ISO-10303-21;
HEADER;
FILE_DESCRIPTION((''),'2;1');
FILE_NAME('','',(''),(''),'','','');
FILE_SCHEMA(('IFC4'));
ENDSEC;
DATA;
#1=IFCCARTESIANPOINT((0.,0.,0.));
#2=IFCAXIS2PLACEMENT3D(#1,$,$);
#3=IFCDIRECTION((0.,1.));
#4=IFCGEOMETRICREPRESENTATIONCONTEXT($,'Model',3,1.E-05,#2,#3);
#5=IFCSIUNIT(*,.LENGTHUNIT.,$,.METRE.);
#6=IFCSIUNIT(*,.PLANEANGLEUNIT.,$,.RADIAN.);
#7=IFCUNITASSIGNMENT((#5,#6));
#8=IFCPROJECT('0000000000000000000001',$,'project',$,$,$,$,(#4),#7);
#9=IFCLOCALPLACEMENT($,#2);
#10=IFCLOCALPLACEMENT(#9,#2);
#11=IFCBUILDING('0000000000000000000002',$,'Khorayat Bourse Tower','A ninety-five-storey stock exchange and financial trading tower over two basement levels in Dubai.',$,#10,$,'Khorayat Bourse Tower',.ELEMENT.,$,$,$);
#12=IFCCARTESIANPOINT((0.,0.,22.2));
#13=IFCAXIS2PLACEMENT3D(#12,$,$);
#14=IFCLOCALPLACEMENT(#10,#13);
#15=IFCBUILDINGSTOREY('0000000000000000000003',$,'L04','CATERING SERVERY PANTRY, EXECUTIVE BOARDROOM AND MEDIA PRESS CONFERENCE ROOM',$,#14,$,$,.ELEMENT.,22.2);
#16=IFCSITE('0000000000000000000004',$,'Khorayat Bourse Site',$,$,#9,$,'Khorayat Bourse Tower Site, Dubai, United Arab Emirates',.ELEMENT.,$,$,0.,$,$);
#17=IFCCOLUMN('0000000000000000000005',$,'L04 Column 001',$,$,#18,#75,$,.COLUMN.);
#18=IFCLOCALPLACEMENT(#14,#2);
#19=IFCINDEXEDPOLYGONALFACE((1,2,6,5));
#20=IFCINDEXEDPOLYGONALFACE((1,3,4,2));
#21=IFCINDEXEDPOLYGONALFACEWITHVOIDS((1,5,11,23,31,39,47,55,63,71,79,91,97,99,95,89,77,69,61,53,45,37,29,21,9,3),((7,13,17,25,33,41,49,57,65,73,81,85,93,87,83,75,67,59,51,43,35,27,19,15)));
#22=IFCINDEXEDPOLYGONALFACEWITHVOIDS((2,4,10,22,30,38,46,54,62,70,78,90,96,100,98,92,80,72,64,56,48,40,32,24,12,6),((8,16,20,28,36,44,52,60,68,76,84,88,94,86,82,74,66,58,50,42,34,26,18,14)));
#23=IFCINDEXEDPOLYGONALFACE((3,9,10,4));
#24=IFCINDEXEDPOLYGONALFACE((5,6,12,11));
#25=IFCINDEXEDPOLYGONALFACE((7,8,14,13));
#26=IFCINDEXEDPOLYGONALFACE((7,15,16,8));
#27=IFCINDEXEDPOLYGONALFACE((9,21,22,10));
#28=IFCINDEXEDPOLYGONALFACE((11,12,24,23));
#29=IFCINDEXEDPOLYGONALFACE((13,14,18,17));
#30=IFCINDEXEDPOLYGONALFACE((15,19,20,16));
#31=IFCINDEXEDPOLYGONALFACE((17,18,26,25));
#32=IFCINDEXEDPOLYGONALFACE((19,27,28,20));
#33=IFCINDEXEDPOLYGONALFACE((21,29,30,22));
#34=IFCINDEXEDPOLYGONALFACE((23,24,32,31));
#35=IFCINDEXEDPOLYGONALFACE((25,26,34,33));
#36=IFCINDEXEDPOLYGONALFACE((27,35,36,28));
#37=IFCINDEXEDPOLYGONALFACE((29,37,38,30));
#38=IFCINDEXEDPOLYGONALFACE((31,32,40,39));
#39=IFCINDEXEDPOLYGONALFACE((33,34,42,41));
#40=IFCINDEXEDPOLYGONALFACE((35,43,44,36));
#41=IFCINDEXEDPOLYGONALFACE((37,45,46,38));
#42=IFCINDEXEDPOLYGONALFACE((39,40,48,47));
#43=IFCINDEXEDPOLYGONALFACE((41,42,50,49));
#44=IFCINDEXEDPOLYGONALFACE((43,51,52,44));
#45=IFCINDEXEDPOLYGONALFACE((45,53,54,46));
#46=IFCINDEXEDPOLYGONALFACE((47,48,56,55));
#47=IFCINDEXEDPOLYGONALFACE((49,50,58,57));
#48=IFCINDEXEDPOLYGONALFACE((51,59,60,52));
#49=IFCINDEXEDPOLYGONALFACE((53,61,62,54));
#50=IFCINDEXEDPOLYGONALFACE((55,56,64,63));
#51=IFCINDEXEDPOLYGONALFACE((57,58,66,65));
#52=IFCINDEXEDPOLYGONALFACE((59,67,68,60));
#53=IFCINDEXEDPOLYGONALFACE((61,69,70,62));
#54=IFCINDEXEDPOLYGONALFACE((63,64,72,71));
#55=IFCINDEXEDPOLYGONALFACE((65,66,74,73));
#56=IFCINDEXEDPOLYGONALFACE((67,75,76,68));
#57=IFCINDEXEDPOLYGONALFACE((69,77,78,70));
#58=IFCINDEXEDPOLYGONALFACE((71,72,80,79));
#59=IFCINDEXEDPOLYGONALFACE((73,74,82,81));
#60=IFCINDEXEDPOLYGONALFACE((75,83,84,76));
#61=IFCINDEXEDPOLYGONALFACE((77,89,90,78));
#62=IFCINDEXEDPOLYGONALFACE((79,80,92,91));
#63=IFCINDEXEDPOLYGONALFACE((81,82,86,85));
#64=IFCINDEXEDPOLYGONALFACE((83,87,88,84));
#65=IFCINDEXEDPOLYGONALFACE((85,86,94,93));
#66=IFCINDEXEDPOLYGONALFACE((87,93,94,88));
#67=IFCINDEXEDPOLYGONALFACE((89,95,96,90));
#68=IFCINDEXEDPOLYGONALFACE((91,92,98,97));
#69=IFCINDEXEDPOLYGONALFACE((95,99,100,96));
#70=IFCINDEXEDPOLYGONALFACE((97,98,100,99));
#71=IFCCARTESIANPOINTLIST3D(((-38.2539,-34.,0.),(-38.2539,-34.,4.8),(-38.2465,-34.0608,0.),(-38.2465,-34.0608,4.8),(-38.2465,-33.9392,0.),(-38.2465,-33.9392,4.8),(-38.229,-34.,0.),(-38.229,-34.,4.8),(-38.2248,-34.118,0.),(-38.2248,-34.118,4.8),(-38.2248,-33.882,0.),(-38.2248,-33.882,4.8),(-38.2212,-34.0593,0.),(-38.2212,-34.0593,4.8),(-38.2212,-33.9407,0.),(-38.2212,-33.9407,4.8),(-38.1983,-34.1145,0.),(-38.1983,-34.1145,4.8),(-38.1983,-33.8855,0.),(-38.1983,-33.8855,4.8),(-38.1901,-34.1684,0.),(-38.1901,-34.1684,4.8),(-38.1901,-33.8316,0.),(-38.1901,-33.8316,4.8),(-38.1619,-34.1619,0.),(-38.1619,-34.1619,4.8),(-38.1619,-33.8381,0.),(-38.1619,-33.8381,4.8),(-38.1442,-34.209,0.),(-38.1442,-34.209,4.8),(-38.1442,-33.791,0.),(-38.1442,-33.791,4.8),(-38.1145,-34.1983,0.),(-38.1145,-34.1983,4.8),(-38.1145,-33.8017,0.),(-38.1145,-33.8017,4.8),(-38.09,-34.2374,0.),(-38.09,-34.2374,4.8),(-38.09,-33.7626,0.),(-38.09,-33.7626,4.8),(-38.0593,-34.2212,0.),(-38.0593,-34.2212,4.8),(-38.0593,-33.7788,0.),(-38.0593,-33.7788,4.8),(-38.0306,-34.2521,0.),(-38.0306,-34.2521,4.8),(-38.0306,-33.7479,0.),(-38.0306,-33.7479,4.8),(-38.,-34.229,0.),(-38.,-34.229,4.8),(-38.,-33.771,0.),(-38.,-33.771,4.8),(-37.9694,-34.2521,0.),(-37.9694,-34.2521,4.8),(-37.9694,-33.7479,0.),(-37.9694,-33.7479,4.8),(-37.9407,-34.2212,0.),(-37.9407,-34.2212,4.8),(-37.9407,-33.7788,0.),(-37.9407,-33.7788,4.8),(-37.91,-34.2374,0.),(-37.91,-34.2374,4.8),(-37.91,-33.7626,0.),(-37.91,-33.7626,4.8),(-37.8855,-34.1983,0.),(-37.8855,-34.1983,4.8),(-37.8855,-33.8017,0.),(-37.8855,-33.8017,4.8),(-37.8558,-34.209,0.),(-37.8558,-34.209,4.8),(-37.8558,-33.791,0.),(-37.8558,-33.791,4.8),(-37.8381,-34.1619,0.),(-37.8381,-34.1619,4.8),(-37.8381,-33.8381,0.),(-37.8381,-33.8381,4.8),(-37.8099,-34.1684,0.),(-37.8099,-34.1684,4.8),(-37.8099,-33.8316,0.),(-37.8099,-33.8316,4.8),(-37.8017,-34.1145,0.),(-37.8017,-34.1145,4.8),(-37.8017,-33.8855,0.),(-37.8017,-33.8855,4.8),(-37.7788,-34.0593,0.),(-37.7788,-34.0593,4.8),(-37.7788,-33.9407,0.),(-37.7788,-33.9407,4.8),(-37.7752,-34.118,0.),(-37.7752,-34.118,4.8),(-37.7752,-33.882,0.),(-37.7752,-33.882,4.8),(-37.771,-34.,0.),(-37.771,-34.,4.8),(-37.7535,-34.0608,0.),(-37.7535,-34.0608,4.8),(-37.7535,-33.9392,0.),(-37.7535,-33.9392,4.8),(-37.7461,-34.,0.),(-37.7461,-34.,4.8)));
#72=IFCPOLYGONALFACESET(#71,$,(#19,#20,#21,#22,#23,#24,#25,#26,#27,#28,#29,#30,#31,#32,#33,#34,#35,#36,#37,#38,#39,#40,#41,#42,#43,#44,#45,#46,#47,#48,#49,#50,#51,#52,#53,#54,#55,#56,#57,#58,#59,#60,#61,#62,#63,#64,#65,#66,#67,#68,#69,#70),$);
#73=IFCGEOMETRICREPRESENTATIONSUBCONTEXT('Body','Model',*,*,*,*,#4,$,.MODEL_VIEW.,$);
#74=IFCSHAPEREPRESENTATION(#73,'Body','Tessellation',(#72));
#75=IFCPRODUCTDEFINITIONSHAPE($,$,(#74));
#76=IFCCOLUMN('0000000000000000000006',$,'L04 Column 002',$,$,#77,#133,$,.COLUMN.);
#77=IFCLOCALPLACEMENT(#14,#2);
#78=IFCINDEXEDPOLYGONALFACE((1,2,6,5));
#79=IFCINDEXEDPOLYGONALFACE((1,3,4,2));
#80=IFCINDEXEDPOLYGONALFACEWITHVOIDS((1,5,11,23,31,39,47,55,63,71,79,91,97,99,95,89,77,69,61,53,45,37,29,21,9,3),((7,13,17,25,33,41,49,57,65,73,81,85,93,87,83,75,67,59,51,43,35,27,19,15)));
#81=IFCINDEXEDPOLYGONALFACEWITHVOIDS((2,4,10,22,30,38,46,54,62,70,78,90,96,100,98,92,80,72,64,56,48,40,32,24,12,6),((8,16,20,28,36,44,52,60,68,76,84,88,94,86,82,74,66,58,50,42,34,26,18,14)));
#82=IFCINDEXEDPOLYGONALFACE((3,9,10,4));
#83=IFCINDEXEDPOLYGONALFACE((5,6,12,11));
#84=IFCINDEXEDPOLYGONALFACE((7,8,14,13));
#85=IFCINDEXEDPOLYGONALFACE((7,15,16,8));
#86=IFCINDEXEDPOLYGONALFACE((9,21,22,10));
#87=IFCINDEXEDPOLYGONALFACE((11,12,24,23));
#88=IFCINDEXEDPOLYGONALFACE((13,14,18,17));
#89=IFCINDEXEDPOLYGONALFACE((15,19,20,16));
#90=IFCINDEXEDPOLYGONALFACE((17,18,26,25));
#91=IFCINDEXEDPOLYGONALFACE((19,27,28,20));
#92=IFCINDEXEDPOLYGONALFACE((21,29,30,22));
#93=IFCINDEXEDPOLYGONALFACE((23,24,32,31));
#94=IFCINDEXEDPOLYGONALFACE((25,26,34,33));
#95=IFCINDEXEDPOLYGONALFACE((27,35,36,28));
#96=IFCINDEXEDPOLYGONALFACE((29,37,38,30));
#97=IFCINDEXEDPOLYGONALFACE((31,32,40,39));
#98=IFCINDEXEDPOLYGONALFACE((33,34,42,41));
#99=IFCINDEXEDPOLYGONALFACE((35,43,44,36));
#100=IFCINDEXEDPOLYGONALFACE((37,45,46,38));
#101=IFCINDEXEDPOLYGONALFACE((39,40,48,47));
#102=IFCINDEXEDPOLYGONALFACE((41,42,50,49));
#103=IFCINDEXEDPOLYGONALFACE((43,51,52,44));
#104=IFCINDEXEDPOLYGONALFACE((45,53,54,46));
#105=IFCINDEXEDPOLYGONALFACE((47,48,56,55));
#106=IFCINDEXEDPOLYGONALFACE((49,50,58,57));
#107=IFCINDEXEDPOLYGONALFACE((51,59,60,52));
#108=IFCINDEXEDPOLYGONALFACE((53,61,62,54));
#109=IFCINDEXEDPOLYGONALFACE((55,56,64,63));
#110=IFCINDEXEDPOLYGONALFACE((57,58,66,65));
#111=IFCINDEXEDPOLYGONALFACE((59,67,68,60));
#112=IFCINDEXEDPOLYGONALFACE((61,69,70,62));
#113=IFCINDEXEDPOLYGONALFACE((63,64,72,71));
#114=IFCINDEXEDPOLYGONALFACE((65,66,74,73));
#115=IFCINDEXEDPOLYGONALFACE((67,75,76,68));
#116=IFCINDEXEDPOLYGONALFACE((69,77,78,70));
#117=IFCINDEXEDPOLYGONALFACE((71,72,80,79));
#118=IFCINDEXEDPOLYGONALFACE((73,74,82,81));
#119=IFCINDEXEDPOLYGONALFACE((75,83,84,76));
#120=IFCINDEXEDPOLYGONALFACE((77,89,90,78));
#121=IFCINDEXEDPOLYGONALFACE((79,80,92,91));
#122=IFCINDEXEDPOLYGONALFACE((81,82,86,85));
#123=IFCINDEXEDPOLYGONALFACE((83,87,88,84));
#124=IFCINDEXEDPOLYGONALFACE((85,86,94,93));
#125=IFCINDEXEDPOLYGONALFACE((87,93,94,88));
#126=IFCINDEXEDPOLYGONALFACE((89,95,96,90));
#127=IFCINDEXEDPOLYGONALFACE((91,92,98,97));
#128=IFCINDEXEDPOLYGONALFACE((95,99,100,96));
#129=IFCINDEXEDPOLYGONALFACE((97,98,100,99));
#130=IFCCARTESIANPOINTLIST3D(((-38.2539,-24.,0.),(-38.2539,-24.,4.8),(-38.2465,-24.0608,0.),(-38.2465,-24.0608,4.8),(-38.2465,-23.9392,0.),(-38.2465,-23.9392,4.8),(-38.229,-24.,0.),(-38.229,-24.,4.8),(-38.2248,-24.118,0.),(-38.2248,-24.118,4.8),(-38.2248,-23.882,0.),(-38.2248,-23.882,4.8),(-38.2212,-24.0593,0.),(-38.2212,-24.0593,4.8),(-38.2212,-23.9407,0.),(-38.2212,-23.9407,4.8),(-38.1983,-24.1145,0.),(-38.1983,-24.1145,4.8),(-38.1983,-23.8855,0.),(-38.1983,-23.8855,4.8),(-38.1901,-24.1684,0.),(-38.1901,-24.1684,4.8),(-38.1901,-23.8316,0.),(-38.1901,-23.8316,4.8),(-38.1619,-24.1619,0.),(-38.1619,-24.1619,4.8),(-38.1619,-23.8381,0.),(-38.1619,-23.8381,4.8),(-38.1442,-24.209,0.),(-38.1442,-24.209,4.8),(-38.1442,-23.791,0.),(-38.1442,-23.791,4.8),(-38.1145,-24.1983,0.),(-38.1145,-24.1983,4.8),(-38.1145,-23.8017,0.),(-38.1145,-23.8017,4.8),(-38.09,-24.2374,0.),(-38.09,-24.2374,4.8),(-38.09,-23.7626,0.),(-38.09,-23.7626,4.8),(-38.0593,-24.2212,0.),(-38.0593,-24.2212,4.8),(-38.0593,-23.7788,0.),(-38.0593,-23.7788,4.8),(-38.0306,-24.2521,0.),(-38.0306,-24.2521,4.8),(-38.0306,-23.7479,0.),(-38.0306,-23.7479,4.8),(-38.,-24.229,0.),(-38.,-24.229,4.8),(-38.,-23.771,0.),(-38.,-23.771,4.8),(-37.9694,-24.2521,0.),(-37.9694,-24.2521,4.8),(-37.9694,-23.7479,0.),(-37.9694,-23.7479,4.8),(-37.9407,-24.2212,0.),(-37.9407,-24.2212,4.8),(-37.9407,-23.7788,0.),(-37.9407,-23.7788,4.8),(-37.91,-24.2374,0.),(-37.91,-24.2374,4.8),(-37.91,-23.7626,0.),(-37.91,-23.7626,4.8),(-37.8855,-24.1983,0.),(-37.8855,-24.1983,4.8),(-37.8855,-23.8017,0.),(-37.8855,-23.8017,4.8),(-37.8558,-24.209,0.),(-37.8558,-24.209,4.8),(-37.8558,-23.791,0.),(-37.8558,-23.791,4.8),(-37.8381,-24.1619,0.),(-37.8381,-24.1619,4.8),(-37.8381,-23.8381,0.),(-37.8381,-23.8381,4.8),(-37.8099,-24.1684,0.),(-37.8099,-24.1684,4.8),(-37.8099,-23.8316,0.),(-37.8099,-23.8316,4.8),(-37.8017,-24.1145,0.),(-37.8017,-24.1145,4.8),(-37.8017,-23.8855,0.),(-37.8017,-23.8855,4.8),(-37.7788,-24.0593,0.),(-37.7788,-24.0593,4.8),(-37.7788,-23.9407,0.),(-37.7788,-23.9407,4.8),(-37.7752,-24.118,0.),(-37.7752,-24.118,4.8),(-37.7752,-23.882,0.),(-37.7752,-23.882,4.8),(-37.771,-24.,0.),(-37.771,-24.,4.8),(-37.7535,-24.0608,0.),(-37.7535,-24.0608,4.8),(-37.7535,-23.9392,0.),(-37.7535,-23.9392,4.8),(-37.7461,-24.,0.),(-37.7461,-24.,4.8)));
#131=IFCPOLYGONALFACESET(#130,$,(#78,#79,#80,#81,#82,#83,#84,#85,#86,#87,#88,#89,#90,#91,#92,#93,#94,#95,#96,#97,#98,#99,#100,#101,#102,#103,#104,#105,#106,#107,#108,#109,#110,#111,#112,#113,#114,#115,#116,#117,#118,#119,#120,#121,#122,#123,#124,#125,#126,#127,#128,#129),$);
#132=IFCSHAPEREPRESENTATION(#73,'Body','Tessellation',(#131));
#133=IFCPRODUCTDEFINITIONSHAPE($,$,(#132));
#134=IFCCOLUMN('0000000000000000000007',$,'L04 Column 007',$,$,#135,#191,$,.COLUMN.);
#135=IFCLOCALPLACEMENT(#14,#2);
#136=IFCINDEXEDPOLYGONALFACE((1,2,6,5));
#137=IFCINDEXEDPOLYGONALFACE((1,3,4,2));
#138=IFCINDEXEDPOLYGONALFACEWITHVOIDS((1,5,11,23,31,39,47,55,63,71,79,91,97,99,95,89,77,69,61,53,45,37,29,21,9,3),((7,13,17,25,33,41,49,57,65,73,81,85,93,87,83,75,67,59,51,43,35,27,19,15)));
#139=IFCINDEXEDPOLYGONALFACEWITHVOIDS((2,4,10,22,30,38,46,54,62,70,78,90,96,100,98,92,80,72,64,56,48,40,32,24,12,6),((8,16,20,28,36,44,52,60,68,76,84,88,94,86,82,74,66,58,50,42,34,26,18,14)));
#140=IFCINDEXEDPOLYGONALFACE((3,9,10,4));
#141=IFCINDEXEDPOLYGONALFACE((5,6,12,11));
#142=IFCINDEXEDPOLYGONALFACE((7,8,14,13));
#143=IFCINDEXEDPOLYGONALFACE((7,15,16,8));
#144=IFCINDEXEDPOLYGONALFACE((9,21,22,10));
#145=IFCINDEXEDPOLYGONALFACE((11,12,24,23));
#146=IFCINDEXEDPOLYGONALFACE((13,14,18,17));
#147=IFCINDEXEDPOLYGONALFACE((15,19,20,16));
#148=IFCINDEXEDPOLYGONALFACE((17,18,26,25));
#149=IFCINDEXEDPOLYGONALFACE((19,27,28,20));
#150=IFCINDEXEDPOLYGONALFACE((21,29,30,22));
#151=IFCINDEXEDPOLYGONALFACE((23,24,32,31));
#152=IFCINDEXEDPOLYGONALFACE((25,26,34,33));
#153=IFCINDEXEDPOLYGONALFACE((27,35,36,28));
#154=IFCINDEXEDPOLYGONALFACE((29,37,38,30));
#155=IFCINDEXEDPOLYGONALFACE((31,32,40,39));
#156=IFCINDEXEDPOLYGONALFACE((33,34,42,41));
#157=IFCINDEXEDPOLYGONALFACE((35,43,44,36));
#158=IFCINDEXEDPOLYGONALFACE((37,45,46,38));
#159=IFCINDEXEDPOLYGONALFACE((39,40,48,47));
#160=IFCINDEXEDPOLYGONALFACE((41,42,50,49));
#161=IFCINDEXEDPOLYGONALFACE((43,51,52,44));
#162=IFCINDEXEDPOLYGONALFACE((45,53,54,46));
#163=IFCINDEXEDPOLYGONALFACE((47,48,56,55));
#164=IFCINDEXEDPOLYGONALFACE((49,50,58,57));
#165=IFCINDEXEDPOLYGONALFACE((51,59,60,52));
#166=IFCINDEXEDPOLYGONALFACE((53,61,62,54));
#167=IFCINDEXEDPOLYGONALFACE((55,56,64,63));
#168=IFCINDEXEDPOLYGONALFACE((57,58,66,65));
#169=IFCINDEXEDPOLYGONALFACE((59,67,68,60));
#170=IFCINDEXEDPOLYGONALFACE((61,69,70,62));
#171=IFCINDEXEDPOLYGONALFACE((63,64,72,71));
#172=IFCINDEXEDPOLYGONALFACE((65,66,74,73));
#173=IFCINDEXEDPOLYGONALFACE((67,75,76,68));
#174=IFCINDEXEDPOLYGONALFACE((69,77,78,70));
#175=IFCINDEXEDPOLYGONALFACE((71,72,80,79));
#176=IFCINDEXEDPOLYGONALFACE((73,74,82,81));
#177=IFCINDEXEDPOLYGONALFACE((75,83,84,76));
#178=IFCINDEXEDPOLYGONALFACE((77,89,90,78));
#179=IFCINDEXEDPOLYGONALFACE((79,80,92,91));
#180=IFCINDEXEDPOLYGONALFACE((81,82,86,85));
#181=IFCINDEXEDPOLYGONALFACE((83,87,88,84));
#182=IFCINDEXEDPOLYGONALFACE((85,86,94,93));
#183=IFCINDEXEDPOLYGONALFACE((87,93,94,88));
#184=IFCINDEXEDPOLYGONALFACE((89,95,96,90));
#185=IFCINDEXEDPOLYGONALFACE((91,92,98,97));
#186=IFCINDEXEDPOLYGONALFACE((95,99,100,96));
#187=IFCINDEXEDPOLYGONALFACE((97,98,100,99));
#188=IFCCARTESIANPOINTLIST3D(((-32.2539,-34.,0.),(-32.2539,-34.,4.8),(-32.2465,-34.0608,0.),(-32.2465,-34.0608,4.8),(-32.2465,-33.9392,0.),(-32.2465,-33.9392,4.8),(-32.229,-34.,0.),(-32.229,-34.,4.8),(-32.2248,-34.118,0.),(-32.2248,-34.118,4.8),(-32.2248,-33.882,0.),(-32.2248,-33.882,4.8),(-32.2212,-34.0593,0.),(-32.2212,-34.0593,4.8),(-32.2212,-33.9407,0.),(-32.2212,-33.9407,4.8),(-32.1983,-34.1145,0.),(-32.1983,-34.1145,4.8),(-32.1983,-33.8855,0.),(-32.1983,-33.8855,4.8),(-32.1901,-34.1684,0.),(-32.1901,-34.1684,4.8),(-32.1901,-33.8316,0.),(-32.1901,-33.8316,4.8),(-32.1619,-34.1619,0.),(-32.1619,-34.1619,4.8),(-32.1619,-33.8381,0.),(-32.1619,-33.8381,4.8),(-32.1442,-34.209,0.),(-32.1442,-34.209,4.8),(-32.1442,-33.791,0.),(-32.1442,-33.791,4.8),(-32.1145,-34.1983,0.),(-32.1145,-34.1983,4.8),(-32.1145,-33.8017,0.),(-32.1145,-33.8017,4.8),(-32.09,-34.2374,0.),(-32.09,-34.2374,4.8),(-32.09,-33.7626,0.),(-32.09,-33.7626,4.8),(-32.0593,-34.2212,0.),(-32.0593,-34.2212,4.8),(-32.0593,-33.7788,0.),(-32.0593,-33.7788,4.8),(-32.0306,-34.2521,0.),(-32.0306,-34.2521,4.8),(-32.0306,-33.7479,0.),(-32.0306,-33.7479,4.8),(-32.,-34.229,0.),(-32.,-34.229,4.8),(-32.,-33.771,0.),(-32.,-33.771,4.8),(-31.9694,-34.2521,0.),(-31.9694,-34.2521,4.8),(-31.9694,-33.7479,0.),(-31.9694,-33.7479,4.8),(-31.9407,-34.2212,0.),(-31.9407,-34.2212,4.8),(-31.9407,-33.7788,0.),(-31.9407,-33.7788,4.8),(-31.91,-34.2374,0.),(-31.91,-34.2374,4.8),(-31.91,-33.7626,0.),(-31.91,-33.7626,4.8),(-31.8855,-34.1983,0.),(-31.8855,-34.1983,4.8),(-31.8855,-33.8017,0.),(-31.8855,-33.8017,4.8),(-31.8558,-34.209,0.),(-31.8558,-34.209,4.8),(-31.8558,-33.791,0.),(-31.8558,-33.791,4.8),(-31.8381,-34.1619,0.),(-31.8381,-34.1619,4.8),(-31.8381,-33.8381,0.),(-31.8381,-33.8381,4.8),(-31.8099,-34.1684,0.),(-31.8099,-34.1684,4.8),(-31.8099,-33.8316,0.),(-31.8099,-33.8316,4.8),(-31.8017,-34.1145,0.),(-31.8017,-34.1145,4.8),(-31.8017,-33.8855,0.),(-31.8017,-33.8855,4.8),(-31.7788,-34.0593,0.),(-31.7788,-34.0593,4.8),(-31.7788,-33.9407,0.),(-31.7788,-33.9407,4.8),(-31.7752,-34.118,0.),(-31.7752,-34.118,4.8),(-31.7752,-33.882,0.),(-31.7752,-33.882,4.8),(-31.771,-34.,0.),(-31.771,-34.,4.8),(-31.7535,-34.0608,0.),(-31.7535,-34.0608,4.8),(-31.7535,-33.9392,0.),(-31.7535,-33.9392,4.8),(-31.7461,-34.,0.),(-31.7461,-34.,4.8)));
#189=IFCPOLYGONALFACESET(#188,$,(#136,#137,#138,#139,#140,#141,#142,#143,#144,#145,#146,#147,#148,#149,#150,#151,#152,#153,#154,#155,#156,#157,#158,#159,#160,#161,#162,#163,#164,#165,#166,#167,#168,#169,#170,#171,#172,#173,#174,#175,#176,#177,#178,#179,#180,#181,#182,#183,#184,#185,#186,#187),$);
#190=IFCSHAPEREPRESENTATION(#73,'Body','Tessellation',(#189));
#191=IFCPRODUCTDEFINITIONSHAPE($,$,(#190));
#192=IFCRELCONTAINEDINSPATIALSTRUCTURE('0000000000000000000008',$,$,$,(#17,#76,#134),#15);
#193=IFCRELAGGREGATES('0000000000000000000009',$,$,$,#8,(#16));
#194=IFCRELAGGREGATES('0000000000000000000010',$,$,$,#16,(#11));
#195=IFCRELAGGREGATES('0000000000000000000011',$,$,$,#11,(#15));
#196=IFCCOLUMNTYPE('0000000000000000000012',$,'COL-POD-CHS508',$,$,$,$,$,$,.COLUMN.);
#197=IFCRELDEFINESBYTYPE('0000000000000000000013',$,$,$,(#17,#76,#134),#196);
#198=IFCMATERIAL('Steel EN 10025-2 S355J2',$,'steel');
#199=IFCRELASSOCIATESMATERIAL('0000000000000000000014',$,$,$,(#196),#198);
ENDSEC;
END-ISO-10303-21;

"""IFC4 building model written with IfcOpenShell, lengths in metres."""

from ifc_helpers import new_model, si_unit, direction, frame, origin, origin_2d, place, context, subcontext, project, spatial, hollow_circle, extrude, source, transform, mapped, material, material_profile, profile_set, type_object, element, save


model = new_model("IFC4")

# Units and contexts
model_context = context("Model", 3, precision=1e-05, world=origin(), true_north=direction((0.0, 1.0)))
body_context = subcontext(model_context, "Body", "Model", "MODEL_VIEW")
ifc_project = project(units=[si_unit("LENGTHUNIT", "METRE"), si_unit("PLANEANGLEUNIT", "RADIAN")], contexts=[model_context])

# Site, building, storey
site_placement = place(None, origin())
site = spatial("IfcSite", under=ifc_project, at=site_placement, Name="Khorayat Bourse Site", LongName="Khorayat Bourse Tower Site, Dubai, United Arab Emirates", CompositionType="ELEMENT", RefElevation=0.0)
building_placement = place(site_placement, origin())
building = spatial("IfcBuilding", under=site, at=building_placement, Name="Khorayat Bourse Tower", Description="A ninety-five-storey stock exchange and financial trading tower over two basement levels in Dubai.", LongName="Khorayat Bourse Tower", CompositionType="ELEMENT")
storey_placement = place(building_placement, frame((0.0, 0.0, 22.2)))
storey = spatial("IfcBuildingStorey", under=building, at=storey_placement, Name="L04", Description="CATERING SERVERY PANTRY, EXECUTIVE BOARDROOM AND MEDIA PRESS CONFERENCE ROOM", CompositionType="ELEMENT", Elevation=22.2)

# Columns
ifc_material_1 = material(Name="Steel EN 10025-2 S355J2", Category="steel")
ifc_material_profile_1 = material_profile(ifc_material_1, hollow_circle(Radius=0.2539, WallThickness=0.0249, at=origin_2d()), Name="CHS 508x25")
ifc_profile_set_1 = profile_set([ifc_material_profile_1], Name="Steel EN 10025-2 S355J2")
column_type = type_object("IfcColumnType", Name="COL-POD-CHS508", PredefinedType="COLUMN", material=ifc_profile_set_1)
shared_shape_1 = source(origin(), body_context, "Body", "SweptSolid", [
    extrude(hollow_circle(Radius=0.2539, WallThickness=0.0249, at=origin_2d()), origin(), (0.0, 0.0, 1.0), 4.8),
])
for number, where, z_axis, x_axis, name in (
    (1, (-38.0, -34.0, 0.0), (0.0, 0.0, 1.0), (1.0, 0.0, 0.0), "L04 Column 001"),
    (2, (-38.0, -24.0, 0.0), (0.0, 0.0, 1.0), (1.0, 0.0, 0.0), "L04 Column 002"),
    (3, (-32.0, -34.0, 0.0), (0.0, 0.0, 1.0), (1.0, 0.0, 0.0), "L04 Column 007"),
):
    element("IfcColumn", number, at=place(storey_placement, frame(where, z_axis=z_axis, x_axis=x_axis)), inside=storey, type_object=column_type, Name=name, PredefinedType="COLUMN", context=body_context, shape_type="MappedRepresentation", body=[
        mapped(shared_shape_1, transform((0.0, 0.0, 0.0), scale=1.0)),
    ])

save(model, "model.ifc")
